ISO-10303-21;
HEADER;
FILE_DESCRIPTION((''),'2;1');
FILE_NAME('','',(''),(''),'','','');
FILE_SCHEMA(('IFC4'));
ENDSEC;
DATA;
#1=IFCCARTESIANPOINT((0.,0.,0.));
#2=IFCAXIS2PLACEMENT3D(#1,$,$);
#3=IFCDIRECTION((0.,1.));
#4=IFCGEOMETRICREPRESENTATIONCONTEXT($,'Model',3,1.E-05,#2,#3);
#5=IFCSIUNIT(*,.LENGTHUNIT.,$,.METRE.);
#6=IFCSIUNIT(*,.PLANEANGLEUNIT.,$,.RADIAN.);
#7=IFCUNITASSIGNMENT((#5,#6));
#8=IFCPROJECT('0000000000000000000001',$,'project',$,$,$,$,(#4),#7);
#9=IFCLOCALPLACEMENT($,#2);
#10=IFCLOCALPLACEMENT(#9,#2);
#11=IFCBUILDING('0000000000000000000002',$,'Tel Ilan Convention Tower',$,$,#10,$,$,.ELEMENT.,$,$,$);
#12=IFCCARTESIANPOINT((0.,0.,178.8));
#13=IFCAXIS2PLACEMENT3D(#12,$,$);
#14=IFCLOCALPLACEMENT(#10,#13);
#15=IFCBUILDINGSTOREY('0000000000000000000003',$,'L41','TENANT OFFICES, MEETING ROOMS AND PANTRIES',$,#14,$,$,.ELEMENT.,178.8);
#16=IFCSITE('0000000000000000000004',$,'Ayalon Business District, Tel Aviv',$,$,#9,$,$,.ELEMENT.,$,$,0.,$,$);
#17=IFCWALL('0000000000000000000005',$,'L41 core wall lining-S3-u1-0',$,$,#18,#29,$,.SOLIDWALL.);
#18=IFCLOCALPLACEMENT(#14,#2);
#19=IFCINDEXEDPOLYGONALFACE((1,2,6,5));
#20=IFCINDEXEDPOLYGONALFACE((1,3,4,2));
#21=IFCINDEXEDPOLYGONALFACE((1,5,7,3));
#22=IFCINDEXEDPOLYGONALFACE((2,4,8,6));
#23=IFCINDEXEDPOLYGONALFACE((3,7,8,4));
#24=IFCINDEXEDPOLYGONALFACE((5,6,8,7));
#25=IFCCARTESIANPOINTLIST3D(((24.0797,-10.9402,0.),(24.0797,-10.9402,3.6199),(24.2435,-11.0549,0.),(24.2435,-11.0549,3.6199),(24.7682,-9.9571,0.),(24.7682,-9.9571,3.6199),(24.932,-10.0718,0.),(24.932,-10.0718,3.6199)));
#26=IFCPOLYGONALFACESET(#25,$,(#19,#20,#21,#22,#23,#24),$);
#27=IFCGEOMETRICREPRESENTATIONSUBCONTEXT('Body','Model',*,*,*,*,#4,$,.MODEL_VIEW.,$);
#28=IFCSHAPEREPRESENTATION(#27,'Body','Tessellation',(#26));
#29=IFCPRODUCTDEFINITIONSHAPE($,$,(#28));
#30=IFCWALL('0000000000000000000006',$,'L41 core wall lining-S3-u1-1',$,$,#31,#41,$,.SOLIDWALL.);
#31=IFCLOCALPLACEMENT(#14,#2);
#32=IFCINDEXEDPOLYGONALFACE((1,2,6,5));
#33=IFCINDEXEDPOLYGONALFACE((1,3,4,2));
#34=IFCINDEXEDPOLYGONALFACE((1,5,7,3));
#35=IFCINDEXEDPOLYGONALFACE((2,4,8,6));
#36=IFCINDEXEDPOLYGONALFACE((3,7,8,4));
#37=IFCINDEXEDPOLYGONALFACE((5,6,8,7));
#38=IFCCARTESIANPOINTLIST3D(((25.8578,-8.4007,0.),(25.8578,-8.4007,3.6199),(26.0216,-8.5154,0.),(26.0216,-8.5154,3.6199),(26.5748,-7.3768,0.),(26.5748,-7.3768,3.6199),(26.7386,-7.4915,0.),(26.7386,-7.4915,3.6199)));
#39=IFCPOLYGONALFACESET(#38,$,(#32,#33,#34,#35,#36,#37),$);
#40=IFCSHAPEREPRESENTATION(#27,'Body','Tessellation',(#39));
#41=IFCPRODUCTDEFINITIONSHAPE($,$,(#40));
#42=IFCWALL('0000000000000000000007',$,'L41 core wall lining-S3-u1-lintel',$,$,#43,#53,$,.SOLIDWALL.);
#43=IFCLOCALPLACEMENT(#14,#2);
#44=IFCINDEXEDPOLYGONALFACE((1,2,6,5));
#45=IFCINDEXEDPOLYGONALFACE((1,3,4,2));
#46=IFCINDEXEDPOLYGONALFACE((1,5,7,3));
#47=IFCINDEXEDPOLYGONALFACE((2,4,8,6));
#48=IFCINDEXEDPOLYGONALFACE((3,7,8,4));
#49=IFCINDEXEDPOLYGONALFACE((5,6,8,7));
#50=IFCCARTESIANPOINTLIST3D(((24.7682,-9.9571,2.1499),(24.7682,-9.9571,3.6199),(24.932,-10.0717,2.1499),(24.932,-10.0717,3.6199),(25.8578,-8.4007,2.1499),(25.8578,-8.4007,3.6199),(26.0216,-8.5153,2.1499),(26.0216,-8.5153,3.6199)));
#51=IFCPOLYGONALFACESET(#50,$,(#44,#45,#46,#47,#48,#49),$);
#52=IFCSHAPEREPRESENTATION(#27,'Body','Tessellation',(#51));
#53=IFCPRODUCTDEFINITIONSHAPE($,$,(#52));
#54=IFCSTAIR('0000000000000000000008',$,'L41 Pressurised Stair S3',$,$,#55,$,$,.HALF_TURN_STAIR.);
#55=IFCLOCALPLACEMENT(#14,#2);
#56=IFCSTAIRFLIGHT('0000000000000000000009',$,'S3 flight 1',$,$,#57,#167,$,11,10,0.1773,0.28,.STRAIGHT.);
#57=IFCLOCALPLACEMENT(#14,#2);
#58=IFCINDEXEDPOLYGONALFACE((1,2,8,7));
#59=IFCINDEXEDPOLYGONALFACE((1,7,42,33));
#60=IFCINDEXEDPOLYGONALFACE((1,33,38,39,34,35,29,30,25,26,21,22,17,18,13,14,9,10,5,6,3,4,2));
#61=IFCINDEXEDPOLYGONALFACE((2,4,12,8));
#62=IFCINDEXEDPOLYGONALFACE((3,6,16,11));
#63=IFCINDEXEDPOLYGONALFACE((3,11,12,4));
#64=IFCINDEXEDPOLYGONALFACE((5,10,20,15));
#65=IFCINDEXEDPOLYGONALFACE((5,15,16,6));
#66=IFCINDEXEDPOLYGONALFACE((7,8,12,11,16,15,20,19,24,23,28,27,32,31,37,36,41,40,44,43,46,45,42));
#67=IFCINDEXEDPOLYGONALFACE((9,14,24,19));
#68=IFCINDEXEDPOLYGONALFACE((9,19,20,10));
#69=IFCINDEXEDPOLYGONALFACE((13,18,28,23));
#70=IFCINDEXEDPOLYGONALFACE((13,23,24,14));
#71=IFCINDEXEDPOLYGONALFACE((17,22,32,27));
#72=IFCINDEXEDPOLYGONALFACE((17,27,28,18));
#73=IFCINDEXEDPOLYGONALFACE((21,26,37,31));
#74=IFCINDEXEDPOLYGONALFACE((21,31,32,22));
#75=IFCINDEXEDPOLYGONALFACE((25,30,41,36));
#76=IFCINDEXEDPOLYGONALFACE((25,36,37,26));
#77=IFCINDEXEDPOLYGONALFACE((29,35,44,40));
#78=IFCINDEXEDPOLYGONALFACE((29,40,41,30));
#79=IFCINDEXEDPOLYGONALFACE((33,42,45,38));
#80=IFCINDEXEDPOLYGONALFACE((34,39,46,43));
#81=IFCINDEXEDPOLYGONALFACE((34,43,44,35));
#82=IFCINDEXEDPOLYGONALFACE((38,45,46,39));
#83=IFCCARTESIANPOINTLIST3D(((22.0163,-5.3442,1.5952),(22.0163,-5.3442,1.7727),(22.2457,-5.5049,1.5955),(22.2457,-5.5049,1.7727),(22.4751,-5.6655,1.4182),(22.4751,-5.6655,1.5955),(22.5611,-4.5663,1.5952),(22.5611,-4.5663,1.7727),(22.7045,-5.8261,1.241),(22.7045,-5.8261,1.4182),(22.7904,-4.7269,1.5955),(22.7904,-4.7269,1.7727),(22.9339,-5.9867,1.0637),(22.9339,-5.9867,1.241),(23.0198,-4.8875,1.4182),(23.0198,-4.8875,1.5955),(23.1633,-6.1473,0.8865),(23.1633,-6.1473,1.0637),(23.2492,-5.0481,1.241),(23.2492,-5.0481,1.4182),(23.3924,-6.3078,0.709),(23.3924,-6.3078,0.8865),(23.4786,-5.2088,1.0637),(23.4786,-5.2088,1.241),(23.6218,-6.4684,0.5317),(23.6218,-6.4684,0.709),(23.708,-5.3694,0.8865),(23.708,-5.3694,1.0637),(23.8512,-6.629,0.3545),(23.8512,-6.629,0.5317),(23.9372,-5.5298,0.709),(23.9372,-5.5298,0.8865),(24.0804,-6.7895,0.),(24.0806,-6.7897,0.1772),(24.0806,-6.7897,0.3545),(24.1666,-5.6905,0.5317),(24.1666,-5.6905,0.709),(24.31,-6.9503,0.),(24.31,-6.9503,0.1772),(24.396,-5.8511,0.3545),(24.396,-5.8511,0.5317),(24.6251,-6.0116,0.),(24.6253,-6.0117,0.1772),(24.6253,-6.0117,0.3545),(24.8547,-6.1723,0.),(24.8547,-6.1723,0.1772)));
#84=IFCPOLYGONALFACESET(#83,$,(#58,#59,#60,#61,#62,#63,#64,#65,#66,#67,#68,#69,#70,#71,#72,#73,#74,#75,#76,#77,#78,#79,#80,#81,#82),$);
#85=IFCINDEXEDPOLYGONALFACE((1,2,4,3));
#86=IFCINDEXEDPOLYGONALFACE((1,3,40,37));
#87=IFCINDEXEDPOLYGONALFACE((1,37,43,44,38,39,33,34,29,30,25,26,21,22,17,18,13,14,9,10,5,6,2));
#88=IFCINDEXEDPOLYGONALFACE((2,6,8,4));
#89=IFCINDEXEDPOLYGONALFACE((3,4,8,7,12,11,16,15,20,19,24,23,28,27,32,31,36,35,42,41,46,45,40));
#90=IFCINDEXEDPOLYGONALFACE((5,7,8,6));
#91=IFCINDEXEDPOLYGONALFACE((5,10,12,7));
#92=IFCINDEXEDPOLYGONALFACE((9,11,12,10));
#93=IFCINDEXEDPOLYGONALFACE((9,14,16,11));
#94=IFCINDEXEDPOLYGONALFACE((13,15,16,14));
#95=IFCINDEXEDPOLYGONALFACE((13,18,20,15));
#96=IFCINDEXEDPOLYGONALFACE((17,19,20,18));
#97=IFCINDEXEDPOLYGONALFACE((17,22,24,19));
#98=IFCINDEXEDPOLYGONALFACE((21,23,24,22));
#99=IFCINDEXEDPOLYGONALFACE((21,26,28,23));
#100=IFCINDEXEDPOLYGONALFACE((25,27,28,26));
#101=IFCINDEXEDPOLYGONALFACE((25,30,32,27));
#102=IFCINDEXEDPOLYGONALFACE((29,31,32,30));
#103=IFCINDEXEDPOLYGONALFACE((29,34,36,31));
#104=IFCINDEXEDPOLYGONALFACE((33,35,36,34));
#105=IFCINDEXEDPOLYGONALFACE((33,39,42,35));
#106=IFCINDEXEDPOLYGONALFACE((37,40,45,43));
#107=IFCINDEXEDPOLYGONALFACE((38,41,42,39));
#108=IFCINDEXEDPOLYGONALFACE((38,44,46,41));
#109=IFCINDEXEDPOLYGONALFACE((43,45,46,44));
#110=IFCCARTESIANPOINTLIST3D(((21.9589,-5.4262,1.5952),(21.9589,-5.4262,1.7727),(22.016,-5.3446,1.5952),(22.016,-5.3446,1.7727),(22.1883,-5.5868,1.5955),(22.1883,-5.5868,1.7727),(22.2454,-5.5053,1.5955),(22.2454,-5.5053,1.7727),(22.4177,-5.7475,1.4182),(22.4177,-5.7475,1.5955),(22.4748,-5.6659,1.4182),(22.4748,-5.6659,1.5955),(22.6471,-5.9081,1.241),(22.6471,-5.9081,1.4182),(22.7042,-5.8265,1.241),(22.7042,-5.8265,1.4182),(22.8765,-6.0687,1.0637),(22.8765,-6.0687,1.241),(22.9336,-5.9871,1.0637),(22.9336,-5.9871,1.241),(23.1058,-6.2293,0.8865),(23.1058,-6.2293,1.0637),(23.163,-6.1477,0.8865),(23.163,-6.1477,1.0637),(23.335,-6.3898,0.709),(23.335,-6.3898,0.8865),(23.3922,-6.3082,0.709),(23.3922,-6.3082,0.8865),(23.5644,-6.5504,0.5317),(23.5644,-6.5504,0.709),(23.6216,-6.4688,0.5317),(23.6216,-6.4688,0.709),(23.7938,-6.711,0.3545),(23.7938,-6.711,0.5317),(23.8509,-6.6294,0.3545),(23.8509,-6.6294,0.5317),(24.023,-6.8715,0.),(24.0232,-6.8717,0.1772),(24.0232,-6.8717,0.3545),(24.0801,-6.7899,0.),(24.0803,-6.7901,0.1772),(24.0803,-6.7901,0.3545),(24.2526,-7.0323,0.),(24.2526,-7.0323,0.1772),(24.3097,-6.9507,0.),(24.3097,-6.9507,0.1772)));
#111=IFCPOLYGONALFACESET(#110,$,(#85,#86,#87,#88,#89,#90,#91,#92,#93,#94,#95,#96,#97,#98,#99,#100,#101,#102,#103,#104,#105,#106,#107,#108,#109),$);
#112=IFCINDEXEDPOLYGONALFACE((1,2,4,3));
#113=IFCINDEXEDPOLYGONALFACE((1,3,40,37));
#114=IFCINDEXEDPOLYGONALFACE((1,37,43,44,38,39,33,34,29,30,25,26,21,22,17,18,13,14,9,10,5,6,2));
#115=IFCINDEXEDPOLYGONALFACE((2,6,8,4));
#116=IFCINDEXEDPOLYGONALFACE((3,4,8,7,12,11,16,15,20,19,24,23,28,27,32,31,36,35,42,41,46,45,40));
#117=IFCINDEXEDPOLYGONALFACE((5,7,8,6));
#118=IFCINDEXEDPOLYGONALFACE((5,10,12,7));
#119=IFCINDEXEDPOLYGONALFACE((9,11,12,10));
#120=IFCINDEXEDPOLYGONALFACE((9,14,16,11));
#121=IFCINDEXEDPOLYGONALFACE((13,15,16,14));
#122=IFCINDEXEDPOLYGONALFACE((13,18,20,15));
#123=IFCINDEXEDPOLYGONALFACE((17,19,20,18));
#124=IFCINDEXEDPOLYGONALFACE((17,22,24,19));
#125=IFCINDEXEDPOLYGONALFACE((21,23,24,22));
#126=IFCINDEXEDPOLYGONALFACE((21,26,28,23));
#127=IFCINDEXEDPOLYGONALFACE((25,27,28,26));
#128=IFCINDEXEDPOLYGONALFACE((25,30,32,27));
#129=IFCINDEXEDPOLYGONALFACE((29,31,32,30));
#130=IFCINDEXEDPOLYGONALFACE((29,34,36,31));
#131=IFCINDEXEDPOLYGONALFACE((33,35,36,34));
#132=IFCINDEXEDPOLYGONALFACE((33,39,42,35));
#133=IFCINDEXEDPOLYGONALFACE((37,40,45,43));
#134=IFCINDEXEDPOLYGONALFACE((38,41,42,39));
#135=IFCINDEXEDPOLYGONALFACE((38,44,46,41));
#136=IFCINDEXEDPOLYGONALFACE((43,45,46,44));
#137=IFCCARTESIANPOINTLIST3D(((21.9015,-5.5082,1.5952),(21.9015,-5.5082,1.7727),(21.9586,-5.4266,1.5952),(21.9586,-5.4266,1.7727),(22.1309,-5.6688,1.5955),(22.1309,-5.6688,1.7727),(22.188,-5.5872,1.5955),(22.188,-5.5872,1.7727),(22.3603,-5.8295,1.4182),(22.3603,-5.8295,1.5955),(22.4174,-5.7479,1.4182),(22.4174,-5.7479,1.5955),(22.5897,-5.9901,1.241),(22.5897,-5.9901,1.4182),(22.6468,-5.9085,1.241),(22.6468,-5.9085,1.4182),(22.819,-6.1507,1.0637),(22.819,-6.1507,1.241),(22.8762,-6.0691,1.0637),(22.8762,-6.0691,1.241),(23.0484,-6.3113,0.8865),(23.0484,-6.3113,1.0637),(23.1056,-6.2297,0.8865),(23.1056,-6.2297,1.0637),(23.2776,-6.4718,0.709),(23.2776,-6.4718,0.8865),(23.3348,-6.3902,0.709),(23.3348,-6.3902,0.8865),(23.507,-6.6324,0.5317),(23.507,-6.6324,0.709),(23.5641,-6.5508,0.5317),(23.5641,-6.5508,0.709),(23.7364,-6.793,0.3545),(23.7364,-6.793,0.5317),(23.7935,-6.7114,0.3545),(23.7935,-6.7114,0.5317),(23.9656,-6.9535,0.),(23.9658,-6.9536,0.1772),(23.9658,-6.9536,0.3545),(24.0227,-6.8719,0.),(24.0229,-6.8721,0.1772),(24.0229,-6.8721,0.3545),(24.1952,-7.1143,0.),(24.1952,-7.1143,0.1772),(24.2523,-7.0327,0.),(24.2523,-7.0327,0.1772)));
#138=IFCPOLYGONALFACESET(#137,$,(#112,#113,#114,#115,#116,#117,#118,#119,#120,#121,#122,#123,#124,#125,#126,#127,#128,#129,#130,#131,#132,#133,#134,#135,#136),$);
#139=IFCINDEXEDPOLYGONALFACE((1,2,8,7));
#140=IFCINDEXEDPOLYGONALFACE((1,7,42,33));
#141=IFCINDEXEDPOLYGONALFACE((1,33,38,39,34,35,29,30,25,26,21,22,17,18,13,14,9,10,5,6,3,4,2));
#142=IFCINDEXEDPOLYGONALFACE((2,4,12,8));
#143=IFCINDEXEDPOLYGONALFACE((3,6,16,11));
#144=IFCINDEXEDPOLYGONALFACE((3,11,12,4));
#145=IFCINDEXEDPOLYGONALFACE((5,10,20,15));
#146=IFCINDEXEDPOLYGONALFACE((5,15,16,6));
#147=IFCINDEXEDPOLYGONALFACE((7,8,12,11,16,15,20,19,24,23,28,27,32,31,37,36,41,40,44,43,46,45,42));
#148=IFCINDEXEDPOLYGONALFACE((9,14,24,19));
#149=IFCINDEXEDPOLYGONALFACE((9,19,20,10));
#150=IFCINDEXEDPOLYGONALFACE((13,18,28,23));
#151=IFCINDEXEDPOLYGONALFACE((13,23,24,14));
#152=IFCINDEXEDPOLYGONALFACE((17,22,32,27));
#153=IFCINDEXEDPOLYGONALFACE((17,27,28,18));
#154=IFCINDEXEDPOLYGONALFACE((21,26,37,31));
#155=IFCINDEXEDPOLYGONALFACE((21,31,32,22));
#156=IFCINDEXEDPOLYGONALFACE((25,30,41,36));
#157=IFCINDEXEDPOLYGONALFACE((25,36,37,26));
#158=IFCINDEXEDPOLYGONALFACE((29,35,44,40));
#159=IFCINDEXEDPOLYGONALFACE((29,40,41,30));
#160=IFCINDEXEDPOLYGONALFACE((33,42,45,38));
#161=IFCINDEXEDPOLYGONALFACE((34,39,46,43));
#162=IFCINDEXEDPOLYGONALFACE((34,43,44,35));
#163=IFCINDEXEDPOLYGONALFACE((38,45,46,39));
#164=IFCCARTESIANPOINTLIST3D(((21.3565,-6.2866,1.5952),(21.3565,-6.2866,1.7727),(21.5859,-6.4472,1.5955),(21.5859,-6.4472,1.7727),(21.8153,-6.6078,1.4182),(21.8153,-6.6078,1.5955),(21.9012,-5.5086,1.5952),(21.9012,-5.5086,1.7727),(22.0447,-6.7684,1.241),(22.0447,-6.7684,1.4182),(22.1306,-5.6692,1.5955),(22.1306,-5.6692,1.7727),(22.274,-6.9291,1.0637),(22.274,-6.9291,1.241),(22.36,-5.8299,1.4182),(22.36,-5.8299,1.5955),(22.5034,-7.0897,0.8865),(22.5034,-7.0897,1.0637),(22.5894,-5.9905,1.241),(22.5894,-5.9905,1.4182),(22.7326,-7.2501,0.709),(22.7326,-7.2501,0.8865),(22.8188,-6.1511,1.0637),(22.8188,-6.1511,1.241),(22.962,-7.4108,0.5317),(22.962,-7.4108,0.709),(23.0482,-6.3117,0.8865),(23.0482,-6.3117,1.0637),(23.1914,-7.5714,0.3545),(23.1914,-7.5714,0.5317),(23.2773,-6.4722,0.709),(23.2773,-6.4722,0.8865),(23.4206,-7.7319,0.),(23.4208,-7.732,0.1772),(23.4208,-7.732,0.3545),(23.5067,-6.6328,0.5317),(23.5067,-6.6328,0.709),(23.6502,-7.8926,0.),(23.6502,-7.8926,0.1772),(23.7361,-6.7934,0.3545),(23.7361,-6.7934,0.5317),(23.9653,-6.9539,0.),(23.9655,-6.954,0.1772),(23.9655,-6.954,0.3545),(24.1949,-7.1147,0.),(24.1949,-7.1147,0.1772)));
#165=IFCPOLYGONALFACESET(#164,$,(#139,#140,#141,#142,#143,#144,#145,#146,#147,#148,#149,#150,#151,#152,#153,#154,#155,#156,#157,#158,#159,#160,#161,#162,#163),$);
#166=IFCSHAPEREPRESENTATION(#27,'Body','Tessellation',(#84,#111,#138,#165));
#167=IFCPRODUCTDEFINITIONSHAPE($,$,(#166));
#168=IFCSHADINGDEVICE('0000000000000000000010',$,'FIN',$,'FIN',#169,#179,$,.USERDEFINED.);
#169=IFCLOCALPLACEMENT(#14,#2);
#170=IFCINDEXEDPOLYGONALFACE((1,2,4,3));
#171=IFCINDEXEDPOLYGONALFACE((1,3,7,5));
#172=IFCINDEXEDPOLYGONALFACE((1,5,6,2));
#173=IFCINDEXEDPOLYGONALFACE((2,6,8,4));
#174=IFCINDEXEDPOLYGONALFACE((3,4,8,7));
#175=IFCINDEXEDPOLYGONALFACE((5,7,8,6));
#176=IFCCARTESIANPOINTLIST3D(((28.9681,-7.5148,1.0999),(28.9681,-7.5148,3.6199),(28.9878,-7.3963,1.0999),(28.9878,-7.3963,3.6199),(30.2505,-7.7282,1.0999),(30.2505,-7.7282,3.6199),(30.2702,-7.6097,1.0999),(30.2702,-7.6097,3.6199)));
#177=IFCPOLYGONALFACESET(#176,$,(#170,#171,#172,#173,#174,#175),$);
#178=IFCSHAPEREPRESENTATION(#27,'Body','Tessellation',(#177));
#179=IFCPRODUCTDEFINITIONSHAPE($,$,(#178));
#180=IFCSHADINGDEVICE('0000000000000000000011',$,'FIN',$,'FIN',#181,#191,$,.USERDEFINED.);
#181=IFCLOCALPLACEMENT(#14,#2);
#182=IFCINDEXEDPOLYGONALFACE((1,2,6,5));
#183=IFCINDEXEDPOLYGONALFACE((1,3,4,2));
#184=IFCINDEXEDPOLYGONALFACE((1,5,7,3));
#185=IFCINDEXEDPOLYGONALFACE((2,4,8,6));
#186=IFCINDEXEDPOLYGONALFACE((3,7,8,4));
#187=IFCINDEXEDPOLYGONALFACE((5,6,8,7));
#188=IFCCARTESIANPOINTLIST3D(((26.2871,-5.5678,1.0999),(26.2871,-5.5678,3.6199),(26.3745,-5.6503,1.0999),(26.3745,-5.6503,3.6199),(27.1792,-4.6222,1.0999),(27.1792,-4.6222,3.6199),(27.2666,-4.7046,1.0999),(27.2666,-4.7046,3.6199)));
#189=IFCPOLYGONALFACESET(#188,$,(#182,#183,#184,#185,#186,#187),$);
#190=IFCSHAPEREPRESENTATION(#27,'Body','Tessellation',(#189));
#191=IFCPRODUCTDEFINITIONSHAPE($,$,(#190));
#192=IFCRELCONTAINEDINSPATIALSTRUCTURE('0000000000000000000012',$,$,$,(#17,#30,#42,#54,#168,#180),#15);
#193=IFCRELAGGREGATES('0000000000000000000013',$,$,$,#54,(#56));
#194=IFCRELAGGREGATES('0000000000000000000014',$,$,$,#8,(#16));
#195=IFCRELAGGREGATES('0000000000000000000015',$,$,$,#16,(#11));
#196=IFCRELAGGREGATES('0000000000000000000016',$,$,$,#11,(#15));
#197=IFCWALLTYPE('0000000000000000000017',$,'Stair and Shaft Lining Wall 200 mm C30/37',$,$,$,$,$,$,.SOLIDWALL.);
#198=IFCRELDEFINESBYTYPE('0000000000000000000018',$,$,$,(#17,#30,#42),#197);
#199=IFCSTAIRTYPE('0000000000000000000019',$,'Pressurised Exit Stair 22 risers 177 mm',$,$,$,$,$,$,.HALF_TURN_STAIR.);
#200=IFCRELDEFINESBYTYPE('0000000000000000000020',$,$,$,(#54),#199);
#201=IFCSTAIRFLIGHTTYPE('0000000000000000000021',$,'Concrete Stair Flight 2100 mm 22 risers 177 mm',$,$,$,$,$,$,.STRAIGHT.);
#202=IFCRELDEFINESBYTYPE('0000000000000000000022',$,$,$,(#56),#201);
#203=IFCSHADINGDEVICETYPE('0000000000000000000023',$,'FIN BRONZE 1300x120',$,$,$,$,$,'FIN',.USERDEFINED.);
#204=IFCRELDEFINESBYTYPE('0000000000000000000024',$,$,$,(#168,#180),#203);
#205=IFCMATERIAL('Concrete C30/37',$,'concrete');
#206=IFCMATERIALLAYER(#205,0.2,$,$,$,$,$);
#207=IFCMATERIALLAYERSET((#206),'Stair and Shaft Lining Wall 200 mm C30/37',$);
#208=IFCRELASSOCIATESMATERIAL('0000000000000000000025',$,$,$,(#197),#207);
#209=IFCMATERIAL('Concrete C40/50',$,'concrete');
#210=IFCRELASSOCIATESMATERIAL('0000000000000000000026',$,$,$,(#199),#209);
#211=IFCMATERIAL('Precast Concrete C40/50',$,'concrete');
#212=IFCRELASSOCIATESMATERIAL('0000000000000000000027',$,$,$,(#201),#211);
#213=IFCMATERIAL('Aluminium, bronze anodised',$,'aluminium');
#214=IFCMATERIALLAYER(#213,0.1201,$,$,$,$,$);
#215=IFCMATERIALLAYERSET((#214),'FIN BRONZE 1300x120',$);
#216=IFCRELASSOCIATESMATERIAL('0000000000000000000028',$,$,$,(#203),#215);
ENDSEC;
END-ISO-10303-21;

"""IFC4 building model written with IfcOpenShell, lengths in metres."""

from ifc_helpers import new_model, si_unit, direction, frame, frame_2d, origin, origin_2d, place, context, subcontext, project, spatial, polyline, rectangle, outline, extrude, material, layer, layer_set, type_object, element, aggregate, save


model = new_model("IFC4")

# Units and contexts
model_context = context("Model", 3, precision=1e-05, world=origin(), true_north=direction((0.0, 1.0)))
body_context = subcontext(model_context, "Body", "Model", "MODEL_VIEW")
ifc_project = project(units=[si_unit("LENGTHUNIT", "METRE"), si_unit("PLANEANGLEUNIT", "RADIAN")], contexts=[model_context])

# Site, building, storey
site_placement = place(None, origin())
site = spatial("IfcSite", under=ifc_project, at=site_placement, Name="Ayalon Business District, Tel Aviv", CompositionType="ELEMENT", RefElevation=0.0)
building_placement = place(site_placement, origin())
building = spatial("IfcBuilding", under=site, at=building_placement, Name="Tel Ilan Convention Tower", CompositionType="ELEMENT")
storey_placement = place(building_placement, frame((0.0, 0.0, 178.8)))
storey = spatial("IfcBuildingStorey", under=building, at=storey_placement, Name="L41", Description="TENANT OFFICES, MEETING ROOMS AND PANTRIES", CompositionType="ELEMENT", Elevation=178.8)

# Walls
ifc_material_1 = material(Name="Concrete C30/37", Category="concrete")
ifc_layer_1 = layer(ifc_material_1, 0.2)
ifc_layer_set_1 = layer_set([ifc_layer_1], Name="Stair and Shaft Lining Wall 200 mm C30/37")
wall_type_1 = type_object("IfcWallType", Name="Stair and Shaft Lining Wall 200 mm C30/37", PredefinedType="SOLIDWALL", material=ifc_layer_set_1)
wall_1_placement = place(storey_placement, frame((24.1616, -10.9976, 0.0), z_axis=(0.0, 0.0, 1.0), x_axis=(0.573613, 0.819127, 0.0)))
element("IfcWall", 1, at=wall_1_placement, inside=storey, type_object=wall_type_1, Name="L41 core wall lining-S3-u1-0", PredefinedType="SOLIDWALL", context=body_context, shape_type="SweptSolid", body=[
    extrude(rectangle(XDim=1.2002, YDim=0.2, at=frame_2d((0.6001, 0.0))), origin(), (0.0, 0.0, 1.0), 3.6199),
])
wall_2_placement = place(storey_placement, frame((25.9397, -8.458, 0.0), z_axis=(0.0, 0.0, 1.0), x_axis=(0.57362, 0.819122, 0.0)))
element("IfcWall", 2, at=wall_2_placement, inside=storey, type_object=wall_type_1, Name="L41 core wall lining-S3-u1-1", PredefinedType="SOLIDWALL", context=body_context, shape_type="SweptSolid", body=[
    extrude(rectangle(XDim=1.25, YDim=0.2, at=frame_2d((0.625, 0.0))), origin(), (0.0, 0.0, 1.0), 3.6199),
])
wall_3_placement = place(storey_placement, frame((24.8501, -10.0144, 2.1499), z_axis=(0.0, 0.0, 1.0), x_axis=(0.573505, 0.819202, 0.0)))
element("IfcWall", 3, at=wall_3_placement, inside=storey, type_object=wall_type_1, Name="L41 core wall lining-S3-u1-lintel", PredefinedType="SOLIDWALL", context=body_context, shape_type="SweptSolid", body=[
    extrude(rectangle(XDim=1.8999, YDim=0.2, at=frame_2d((0.95, 0.0))), origin(), (0.0, 0.0, 1.0), 1.47),
])

# Stair, stair flight
ifc_material_2 = material(Name="Concrete C40/50", Category="concrete")
stair_type = type_object("IfcStairType", Name="Pressurised Exit Stair 22 risers 177 mm", PredefinedType="HALF_TURN_STAIR", material=ifc_material_2)
stair_placement = place(storey_placement, origin())
stair = element("IfcStair", 4, at=stair_placement, inside=storey, type_object=stair_type, Name="L41 Pressurised Stair S3", PredefinedType="HALF_TURN_STAIR")
ifc_material_3 = material(Name="Precast Concrete C40/50", Category="concrete")
stair_flight_type = type_object("IfcStairFlightType", Name="Concrete Stair Flight 2100 mm 22 risers 177 mm", PredefinedType="STRAIGHT", material=ifc_material_3)
stair_flight_placement = place(storey_placement, frame((24.2524, -7.0325, 0.0), z_axis=(0.0, 0.0, 1.0), x_axis=(-0.819152, 0.573576, 0.0)))
stair_flight = element("IfcStairFlight", 5, at=stair_flight_placement, type_object=stair_flight_type, Name="S3 flight 1", NumberOfRisers=11, NumberOfTreads=10, PredefinedType="STRAIGHT", RiserHeight=0.1773, TreadLength=0.28, context=body_context, shape_type="SweptSolid", body=[
    extrude(outline(polyline([(0.0, 0.0), (0.0, 0.1772), (0.28, 0.1772), (0.28, 0.3545), (0.5601, 0.3545), (0.5601, 0.5317), (0.8401, 0.5317), (0.8401, 0.709), (1.1201, 0.709), (1.1201, 0.8865), (1.3999, 0.8865), (1.3999, 1.0637), (1.6799, 1.0637), (1.6799, 1.241), (1.96, 1.241), (1.96, 1.4182), (2.24, 1.4182), (2.24, 1.5955), (2.52, 1.5955), (2.52, 1.7727), (2.8, 1.7727), (2.8, 1.95), (2.8, 1.5952), (0.2803, 0.0), (0.0, 0.0)])), frame((0.0, -0.1003, 0.0), z_axis=(0.0, -1.0, 0.0), x_axis=(1.0, 0.0, 0.0)), (0.0, 0.0, 1.0), 0.9497),
    extrude(outline(polyline([(0.0, 0.0), (0.0, 0.1772), (0.28, 0.1772), (0.28, 0.3545), (0.5601, 0.3545), (0.5601, 0.5317), (0.8401, 0.5317), (0.8401, 0.709), (1.1201, 0.709), (1.1201, 0.8865), (1.3999, 0.8865), (1.3999, 1.0637), (1.6799, 1.0637), (1.6799, 1.241), (1.96, 1.241), (1.96, 1.4182), (2.24, 1.4182), (2.24, 1.5955), (2.52, 1.5955), (2.52, 1.7727), (2.8, 1.7727), (2.8, 1.95), (2.8, 1.5952), (0.2803, 0.0), (0.0, 0.0)])), frame((0.0, -0.0002, 0.0), z_axis=(0.0, -1.0, 0.0), x_axis=(1.0, 0.0, 0.0)), (0.0, 0.0, 1.0), 0.0996),
    extrude(outline(polyline([(0.0, 0.0), (0.0, 0.1772), (0.28, 0.1772), (0.28, 0.3545), (0.5601, 0.3545), (0.5601, 0.5317), (0.8401, 0.5317), (0.8401, 0.709), (1.1201, 0.709), (1.1201, 0.8865), (1.3999, 0.8865), (1.3999, 1.0637), (1.6799, 1.0637), (1.6799, 1.241), (1.96, 1.241), (1.96, 1.4182), (2.24, 1.4182), (2.24, 1.5955), (2.52, 1.5955), (2.52, 1.7727), (2.8, 1.7727), (2.8, 1.95), (2.8, 1.5952), (0.2803, 0.0), (0.0, 0.0)])), frame((0.0, 0.0999, 0.0), z_axis=(0.0, -1.0, 0.0), x_axis=(1.0, 0.0, 0.0)), (0.0, 0.0, 1.0), 0.0996),
    extrude(outline(polyline([(0.0, 0.0), (0.0, 0.1772), (0.28, 0.1772), (0.28, 0.3545), (0.5601, 0.3545), (0.5601, 0.5317), (0.8401, 0.5317), (0.8401, 0.709), (1.1201, 0.709), (1.1201, 0.8865), (1.3999, 0.8865), (1.3999, 1.0637), (1.6799, 1.0637), (1.6799, 1.241), (1.96, 1.241), (1.96, 1.4182), (2.24, 1.4182), (2.24, 1.5955), (2.52, 1.5955), (2.52, 1.7727), (2.8, 1.7727), (2.8, 1.95), (2.8, 1.5952), (0.2803, 0.0), (0.0, 0.0)])), frame((0.0, 1.05, 0.0), z_axis=(0.0, -1.0, 0.0), x_axis=(1.0, 0.0, 0.0)), (0.0, 0.0, 1.0), 0.9497),
])
aggregate(stair, [stair_flight])

# Shading devices
ifc_material_4 = material(Name="Aluminium, bronze anodised", Category="aluminium")
ifc_layer_2 = layer(ifc_material_4, 0.1201)
ifc_layer_set_2 = layer_set([ifc_layer_2], Name="FIN BRONZE 1300x120")
shading_device_type = type_object("IfcShadingDeviceType", Name="FIN BRONZE 1300x120", ElementType="FIN", PredefinedType="USERDEFINED", material=ifc_layer_set_2)
for number, where, z_axis, x_axis, name in (
    (6, (29.6191, -7.5623, 1.0999), (0.0, 0.0, 1.0), (0.986445, -0.164091, 0.0), "FIN"),
    (7, (26.7769, -5.1362, 1.0999), (0.0, 0.0, 1.0), (0.686242, 0.727374, 0.0), "FIN"),
):
    element("IfcShadingDevice", number, at=place(storey_placement, frame(where, z_axis=z_axis, x_axis=x_axis)), inside=storey, type_object=shading_device_type, Name=name, ObjectType="FIN", PredefinedType="USERDEFINED", context=body_context, shape_type="SweptSolid", body=[
        extrude(rectangle(XDim=1.3, YDim=0.1201, at=origin_2d()), origin(), (0.0, 0.0, 1.0), 2.52),
    ])

save(model, "model.ifc")
